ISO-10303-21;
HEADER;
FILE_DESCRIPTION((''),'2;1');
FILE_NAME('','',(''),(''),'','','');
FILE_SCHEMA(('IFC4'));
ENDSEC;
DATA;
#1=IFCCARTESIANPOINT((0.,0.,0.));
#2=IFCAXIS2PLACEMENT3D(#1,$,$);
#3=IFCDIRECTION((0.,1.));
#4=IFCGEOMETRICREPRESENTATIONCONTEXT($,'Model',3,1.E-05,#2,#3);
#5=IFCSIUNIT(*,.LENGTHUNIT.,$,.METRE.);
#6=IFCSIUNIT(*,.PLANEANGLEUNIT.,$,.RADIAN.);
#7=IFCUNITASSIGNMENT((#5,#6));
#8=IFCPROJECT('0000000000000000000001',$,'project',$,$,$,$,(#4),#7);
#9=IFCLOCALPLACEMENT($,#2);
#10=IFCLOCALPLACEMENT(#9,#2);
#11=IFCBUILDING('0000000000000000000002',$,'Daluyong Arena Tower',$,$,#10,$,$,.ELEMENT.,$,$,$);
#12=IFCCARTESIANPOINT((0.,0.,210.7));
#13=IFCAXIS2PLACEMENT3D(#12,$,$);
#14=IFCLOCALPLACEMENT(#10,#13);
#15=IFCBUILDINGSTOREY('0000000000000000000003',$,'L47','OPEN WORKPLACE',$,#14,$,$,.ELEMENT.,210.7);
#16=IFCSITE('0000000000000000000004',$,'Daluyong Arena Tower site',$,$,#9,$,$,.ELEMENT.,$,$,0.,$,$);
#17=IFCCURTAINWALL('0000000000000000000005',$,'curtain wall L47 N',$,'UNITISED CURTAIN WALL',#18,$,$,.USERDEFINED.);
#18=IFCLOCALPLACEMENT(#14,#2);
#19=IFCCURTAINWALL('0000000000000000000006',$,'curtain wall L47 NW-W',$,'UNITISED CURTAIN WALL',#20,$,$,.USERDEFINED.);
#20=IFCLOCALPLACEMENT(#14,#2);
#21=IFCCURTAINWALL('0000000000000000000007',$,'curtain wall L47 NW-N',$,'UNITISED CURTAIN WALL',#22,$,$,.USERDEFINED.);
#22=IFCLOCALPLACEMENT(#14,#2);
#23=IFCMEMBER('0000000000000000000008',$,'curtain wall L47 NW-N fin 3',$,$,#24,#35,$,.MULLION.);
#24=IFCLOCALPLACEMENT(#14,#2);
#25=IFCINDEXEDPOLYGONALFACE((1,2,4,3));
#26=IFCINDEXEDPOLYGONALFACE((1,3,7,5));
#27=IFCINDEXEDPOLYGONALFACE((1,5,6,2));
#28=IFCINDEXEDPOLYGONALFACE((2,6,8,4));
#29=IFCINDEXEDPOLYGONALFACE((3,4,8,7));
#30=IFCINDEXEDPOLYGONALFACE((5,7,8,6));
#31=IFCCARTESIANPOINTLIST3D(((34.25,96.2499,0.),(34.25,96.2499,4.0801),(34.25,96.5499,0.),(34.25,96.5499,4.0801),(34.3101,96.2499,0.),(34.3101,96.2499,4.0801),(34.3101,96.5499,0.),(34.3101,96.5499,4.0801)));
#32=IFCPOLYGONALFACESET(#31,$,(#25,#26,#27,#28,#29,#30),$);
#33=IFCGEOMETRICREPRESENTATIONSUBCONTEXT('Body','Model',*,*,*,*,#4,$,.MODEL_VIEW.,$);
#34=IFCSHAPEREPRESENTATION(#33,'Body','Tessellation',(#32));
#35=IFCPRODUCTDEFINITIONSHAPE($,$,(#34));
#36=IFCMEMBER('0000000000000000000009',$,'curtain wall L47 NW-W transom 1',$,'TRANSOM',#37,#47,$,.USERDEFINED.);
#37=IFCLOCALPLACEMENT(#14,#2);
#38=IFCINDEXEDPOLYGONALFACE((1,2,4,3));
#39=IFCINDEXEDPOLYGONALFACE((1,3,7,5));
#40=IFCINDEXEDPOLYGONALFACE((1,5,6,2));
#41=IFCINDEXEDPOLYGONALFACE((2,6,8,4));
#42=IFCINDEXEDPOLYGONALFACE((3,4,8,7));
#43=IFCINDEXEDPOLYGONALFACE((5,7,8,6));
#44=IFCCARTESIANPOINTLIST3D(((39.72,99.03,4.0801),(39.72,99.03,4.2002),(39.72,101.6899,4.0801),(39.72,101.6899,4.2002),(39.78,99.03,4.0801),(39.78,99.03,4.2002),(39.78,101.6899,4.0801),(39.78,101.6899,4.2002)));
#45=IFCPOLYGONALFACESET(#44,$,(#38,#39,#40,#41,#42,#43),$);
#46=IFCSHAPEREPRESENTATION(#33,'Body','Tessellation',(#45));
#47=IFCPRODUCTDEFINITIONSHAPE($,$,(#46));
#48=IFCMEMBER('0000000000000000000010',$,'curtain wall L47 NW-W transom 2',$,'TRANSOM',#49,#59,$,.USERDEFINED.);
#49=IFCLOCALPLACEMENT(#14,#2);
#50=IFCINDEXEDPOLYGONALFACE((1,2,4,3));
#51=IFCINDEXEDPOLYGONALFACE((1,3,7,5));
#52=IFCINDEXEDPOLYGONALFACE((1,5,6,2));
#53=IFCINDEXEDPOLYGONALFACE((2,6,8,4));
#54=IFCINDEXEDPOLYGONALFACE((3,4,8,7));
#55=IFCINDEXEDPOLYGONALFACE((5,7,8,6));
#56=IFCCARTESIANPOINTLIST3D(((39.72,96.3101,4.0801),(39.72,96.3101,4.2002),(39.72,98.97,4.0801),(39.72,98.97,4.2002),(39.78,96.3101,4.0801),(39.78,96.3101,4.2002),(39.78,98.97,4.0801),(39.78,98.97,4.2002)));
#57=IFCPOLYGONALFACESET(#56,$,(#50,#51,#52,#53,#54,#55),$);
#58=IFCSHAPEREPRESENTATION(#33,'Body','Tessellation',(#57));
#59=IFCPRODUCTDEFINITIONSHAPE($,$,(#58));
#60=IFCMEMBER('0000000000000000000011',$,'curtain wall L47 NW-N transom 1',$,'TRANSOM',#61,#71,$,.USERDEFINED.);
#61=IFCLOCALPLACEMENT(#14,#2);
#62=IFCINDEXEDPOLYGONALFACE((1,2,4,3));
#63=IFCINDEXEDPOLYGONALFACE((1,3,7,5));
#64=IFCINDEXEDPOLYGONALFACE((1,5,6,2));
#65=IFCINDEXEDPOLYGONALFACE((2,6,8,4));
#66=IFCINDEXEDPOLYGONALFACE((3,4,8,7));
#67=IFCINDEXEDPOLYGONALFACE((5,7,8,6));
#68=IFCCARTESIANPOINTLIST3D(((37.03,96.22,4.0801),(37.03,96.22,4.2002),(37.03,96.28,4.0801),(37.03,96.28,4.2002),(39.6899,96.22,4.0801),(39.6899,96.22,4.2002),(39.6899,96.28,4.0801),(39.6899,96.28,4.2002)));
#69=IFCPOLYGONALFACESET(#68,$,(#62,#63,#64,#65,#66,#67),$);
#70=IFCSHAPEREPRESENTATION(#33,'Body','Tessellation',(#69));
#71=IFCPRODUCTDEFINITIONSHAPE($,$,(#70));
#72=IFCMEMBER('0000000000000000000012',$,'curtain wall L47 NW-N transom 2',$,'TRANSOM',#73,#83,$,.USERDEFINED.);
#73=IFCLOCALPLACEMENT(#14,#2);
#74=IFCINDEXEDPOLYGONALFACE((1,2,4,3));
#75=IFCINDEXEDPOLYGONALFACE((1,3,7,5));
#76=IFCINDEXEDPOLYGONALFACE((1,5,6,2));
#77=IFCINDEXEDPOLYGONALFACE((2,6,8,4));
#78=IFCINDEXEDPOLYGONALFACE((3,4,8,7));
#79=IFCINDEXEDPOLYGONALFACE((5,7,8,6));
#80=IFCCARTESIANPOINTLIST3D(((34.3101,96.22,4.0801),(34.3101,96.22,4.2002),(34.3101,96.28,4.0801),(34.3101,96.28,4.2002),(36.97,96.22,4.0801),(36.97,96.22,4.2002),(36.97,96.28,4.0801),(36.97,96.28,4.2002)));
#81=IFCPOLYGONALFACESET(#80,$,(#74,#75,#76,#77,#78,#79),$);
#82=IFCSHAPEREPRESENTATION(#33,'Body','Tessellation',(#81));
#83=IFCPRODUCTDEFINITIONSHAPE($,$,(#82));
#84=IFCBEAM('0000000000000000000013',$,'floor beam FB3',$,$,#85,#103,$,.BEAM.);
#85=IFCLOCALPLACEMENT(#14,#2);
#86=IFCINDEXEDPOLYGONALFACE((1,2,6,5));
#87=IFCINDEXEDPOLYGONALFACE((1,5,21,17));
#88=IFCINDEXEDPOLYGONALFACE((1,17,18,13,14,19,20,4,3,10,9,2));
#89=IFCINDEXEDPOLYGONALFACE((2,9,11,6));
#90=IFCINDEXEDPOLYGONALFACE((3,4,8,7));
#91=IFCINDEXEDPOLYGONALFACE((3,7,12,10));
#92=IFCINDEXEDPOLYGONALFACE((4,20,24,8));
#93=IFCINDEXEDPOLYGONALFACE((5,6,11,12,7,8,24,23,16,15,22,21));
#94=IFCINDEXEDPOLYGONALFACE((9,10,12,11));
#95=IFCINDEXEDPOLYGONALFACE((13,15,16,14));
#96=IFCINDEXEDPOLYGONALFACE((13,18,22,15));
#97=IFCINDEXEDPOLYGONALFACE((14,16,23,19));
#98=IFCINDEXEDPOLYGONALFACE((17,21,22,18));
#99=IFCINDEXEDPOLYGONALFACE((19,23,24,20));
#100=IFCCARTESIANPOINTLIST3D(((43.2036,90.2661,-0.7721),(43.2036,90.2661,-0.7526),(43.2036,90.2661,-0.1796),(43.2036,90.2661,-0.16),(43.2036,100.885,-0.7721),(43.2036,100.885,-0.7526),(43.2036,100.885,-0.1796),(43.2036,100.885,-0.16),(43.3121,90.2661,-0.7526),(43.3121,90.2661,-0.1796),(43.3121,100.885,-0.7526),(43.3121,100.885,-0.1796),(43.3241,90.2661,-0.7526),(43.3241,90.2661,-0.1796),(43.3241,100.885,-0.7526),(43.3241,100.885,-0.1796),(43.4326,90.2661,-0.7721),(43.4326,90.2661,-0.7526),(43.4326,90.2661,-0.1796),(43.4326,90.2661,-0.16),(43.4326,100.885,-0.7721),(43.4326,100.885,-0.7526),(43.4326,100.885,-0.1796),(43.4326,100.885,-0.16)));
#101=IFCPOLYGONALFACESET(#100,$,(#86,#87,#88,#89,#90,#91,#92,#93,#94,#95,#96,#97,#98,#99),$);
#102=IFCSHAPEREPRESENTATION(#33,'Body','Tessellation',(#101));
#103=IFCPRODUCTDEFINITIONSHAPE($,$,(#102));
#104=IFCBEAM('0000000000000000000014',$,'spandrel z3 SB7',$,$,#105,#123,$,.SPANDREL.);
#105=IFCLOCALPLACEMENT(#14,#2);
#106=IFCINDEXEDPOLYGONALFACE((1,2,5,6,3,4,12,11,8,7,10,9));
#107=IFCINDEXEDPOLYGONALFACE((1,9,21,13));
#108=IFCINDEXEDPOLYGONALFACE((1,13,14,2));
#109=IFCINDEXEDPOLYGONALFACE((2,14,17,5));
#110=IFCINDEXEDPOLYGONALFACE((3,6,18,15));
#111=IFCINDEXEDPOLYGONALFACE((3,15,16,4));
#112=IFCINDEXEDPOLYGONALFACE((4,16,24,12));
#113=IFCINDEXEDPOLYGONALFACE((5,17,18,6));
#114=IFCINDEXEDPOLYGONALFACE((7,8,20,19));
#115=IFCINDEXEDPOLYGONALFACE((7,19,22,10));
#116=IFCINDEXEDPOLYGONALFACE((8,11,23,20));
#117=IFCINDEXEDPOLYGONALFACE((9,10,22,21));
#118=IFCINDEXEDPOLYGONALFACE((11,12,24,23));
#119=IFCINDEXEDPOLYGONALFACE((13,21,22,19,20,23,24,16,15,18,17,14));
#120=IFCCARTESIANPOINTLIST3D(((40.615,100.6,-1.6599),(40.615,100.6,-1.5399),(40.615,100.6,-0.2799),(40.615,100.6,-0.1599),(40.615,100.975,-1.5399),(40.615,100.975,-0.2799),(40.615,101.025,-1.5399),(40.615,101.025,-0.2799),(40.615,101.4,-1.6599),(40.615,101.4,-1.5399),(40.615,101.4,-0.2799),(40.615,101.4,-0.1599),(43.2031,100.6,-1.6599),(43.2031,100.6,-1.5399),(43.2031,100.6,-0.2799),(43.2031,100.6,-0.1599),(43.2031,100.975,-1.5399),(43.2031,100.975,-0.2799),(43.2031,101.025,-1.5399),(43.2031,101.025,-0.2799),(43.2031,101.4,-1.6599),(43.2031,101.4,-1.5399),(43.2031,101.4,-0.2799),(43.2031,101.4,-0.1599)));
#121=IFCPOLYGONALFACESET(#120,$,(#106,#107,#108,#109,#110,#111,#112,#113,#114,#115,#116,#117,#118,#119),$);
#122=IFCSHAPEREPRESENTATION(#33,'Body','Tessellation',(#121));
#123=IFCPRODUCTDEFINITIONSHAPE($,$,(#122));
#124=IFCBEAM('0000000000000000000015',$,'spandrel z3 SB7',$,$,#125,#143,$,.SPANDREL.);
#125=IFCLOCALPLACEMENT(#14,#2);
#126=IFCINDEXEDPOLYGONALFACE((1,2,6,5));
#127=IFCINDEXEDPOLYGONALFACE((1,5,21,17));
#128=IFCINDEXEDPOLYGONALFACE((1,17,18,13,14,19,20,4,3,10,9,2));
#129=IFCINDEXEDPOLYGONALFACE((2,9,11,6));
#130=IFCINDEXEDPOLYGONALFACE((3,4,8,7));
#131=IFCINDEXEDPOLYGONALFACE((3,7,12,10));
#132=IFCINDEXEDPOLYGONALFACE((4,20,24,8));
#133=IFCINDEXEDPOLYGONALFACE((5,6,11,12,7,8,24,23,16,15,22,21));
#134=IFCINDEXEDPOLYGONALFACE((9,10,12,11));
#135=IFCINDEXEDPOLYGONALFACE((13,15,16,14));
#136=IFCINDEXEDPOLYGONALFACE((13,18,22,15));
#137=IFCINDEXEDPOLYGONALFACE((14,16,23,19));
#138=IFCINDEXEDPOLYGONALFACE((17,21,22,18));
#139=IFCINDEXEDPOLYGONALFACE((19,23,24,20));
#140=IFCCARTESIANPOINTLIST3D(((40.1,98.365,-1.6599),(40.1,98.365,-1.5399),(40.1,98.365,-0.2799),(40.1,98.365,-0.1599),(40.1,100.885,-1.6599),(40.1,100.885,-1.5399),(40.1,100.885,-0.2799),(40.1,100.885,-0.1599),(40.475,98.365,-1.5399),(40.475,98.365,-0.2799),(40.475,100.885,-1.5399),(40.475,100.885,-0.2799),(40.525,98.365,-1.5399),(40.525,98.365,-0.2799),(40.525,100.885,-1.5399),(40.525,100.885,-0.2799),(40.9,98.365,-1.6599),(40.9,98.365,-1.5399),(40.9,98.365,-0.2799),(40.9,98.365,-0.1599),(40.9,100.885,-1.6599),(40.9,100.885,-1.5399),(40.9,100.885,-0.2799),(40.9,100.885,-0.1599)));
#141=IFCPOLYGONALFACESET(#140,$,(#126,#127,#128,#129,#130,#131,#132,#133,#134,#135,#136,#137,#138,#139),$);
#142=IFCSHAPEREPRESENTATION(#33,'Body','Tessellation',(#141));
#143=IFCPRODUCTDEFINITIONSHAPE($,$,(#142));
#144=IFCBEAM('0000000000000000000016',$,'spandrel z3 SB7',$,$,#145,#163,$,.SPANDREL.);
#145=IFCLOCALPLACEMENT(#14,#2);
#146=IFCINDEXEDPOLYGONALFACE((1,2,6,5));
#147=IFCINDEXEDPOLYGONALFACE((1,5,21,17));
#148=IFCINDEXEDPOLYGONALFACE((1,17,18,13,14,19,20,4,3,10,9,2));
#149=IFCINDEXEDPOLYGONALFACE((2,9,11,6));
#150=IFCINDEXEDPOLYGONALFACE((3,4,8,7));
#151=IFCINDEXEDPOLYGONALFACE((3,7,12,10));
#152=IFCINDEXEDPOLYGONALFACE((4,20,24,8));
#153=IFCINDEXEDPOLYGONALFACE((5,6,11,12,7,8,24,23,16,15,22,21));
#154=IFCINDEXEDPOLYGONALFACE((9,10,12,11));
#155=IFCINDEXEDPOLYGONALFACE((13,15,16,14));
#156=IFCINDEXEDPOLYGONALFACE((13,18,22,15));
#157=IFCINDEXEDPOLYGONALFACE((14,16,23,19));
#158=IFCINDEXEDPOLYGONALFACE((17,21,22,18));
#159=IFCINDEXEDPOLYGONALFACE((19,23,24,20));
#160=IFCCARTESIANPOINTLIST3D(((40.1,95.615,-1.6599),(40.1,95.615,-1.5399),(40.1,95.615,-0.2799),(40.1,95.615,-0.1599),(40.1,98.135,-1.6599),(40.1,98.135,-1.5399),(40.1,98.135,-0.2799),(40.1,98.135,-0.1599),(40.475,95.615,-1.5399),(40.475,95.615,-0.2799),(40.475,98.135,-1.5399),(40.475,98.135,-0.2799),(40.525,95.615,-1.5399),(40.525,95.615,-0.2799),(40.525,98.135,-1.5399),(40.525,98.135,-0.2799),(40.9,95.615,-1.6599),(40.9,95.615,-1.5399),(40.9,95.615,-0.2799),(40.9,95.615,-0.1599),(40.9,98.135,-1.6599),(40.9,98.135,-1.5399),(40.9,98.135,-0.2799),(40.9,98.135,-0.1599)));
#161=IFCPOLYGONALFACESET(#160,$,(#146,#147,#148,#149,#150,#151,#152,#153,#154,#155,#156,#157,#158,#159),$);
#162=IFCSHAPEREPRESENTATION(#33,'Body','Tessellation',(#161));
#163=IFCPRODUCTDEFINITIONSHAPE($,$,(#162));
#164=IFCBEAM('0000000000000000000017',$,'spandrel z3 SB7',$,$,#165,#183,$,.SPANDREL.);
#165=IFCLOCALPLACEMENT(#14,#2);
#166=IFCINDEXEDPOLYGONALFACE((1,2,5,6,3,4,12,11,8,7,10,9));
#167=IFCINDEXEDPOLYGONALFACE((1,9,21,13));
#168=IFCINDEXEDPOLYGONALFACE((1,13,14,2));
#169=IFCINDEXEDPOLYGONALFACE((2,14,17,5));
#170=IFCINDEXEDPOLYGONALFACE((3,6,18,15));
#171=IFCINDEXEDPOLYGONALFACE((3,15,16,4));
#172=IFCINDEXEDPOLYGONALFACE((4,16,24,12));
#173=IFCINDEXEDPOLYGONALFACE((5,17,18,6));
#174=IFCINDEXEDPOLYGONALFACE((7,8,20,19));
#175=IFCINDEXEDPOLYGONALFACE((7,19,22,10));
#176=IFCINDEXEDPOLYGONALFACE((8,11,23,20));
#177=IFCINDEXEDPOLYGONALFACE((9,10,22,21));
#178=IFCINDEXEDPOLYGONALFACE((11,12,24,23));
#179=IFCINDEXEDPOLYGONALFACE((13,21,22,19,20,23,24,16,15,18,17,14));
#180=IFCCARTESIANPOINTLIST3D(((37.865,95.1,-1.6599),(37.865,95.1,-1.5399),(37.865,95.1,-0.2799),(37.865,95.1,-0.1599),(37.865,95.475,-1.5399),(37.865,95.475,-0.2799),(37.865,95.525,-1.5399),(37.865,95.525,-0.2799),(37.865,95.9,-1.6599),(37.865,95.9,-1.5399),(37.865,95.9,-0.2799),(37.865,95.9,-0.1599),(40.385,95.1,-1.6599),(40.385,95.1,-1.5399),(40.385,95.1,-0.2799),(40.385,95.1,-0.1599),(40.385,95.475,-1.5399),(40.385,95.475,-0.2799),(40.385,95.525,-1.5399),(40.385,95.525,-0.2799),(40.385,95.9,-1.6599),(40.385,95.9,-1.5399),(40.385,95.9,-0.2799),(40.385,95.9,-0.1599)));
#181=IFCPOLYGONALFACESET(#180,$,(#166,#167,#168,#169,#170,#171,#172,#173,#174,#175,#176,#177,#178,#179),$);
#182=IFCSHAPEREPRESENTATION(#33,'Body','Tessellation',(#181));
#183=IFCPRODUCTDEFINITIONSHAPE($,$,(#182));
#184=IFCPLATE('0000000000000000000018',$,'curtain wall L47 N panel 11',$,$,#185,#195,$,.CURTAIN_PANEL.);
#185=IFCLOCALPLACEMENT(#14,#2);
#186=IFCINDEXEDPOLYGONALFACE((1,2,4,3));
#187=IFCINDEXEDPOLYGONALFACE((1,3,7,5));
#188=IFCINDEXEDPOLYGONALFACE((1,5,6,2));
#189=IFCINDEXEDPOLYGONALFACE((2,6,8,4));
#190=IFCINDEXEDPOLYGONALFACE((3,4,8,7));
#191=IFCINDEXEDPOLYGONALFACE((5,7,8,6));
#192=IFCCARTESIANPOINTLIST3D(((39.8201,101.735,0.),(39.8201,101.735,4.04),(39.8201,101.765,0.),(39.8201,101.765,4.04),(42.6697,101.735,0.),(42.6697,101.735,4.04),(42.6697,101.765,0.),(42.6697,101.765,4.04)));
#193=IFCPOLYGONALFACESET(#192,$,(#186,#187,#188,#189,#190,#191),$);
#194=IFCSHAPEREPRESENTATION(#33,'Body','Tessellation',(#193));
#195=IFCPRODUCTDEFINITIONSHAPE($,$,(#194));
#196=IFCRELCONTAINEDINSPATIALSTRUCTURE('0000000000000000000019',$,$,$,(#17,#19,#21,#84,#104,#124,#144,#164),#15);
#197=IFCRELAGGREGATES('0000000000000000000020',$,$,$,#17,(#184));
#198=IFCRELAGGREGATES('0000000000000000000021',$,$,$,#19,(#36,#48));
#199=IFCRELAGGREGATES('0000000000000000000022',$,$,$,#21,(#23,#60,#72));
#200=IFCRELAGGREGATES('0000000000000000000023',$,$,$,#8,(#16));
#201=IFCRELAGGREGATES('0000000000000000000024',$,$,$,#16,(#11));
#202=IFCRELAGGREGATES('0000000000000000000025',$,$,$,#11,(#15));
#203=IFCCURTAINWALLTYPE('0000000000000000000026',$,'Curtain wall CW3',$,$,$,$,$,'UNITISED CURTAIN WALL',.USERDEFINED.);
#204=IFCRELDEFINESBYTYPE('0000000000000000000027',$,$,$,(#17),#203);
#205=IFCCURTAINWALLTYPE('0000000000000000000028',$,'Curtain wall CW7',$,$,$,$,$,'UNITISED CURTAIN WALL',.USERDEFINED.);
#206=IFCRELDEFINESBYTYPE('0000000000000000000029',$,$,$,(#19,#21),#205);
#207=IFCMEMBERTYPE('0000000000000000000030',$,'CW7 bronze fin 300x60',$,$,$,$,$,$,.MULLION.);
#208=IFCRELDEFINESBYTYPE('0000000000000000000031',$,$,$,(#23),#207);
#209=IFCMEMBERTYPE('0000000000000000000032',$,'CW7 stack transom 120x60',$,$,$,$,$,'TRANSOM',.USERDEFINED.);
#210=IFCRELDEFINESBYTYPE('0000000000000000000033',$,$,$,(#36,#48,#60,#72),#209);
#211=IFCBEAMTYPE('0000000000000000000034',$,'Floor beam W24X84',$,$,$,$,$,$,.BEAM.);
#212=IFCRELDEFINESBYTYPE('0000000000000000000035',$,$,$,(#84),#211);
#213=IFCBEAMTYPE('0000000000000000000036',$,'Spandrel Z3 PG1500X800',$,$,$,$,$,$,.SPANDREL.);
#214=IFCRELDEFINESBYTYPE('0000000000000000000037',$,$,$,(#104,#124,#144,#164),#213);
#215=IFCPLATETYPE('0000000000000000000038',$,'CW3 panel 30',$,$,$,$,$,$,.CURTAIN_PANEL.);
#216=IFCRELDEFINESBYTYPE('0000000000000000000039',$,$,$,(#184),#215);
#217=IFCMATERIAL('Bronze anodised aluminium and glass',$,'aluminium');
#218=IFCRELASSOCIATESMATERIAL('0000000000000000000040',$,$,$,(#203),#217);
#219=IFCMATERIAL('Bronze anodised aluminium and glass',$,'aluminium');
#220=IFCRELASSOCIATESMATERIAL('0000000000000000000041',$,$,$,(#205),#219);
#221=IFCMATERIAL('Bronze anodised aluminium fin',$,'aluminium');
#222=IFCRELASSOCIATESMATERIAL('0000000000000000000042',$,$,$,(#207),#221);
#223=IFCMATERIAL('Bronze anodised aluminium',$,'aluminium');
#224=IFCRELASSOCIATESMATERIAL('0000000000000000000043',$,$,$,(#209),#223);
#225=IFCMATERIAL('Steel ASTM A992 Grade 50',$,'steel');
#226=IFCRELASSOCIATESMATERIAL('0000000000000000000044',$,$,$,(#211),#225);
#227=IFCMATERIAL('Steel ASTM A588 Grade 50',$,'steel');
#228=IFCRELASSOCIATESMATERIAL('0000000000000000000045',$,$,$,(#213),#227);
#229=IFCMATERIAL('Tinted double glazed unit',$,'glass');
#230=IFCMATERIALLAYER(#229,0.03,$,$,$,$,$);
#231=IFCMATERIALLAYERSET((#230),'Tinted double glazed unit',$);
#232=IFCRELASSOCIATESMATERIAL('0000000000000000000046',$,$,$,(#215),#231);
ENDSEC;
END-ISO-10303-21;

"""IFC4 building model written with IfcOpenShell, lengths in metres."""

from ifc_helpers import new_model, si_unit, direction, frame, origin, origin_2d, place, context, subcontext, project, spatial, rectangle, i_section, extrude, material, layer, layer_set, material_profile, profile_set, type_object, element, aggregate, save


model = new_model("IFC4")

# Units and contexts
model_context = context("Model", 3, precision=1e-05, world=origin(), true_north=direction((0.0, 1.0)))
body_context = subcontext(model_context, "Body", "Model", "MODEL_VIEW")
ifc_project = project(units=[si_unit("LENGTHUNIT", "METRE"), si_unit("PLANEANGLEUNIT", "RADIAN")], contexts=[model_context])

# Site, building, storey
site_placement = place(None, origin())
site = spatial("IfcSite", under=ifc_project, at=site_placement, Name="Daluyong Arena Tower site", CompositionType="ELEMENT", RefElevation=0.0)
building_placement = place(site_placement, origin())
building = spatial("IfcBuilding", under=site, at=building_placement, Name="Daluyong Arena Tower", CompositionType="ELEMENT")
storey_placement = place(building_placement, frame((0.0, 0.0, 210.7)))
storey = spatial("IfcBuildingStorey", under=building, at=storey_placement, Name="L47", Description="OPEN WORKPLACE", CompositionType="ELEMENT", Elevation=210.7)

# Curtain wall
ifc_material_1 = material(Name="Bronze anodised aluminium and glass", Category="aluminium")
curtain_wall_type_1 = type_object("IfcCurtainWallType", Name="Curtain wall CW3", ElementType="UNITISED CURTAIN WALL", PredefinedType="USERDEFINED", material=ifc_material_1)
curtain_wall_1_placement = place(storey_placement, origin())
curtain_wall_1 = element("IfcCurtainWall", 1, at=curtain_wall_1_placement, inside=storey, type_object=curtain_wall_type_1, Name="curtain wall L47 N", ObjectType="UNITISED CURTAIN WALL", PredefinedType="USERDEFINED")

# Curtain walls, member
ifc_material_2 = material(Name="Bronze anodised aluminium and glass", Category="aluminium")
curtain_wall_type_2 = type_object("IfcCurtainWallType", Name="Curtain wall CW7", ElementType="UNITISED CURTAIN WALL", PredefinedType="USERDEFINED", material=ifc_material_2)
curtain_wall_2_placement = place(storey_placement, origin())
curtain_wall_2 = element("IfcCurtainWall", 2, at=curtain_wall_2_placement, inside=storey, type_object=curtain_wall_type_2, Name="curtain wall L47 NW-W", ObjectType="UNITISED CURTAIN WALL", PredefinedType="USERDEFINED")
ifc_material_3 = material(Name="Bronze anodised aluminium fin", Category="aluminium")
ifc_material_profile_1 = material_profile(ifc_material_3, rectangle(XDim=0.3, YDim=0.0601, at=origin_2d()))
ifc_profile_set_1 = profile_set([ifc_material_profile_1], Name="Bronze anodised aluminium fin")
member_type_1 = type_object("IfcMemberType", Name="CW7 bronze fin 300x60", PredefinedType="MULLION", material=ifc_profile_set_1)
curtain_wall_3_placement = place(storey_placement, origin())
curtain_wall_3 = element("IfcCurtainWall", 3, at=curtain_wall_3_placement, inside=storey, type_object=curtain_wall_type_2, Name="curtain wall L47 NW-N", ObjectType="UNITISED CURTAIN WALL", PredefinedType="USERDEFINED")
member_1_placement = place(storey_placement, frame((34.28, 96.3999, 0.0), z_axis=(0.0, 0.0, 1.0), x_axis=(0.0, -1.0, 0.0)))
member_1 = element("IfcMember", 4, at=member_1_placement, type_object=member_type_1, Name="curtain wall L47 NW-N fin 3", PredefinedType="MULLION", context=body_context, shape_type="SweptSolid", body=[
    extrude(rectangle(XDim=0.3, YDim=0.0601, at=origin_2d()), origin(), (0.0, 0.0, 1.0), 4.0801),
])

# Members
ifc_material_4 = material(Name="Bronze anodised aluminium", Category="aluminium")
ifc_material_profile_2 = material_profile(ifc_material_4, rectangle(XDim=0.0601, YDim=0.1201, at=origin_2d()))
ifc_profile_set_2 = profile_set([ifc_material_profile_2], Name="Bronze anodised aluminium")
member_type_2 = type_object("IfcMemberType", Name="CW7 stack transom 120x60", ElementType="TRANSOM", PredefinedType="USERDEFINED", material=ifc_profile_set_2)
member_2_placement = place(storey_placement, frame((39.75, 101.6899, 4.1401), z_axis=(0.0, -1.0, 0.0), x_axis=(1.0, 0.0, 0.0)))
member_2 = element("IfcMember", 5, at=member_2_placement, type_object=member_type_2, Name="curtain wall L47 NW-W transom 1", ObjectType="TRANSOM", PredefinedType="USERDEFINED", context=body_context, shape_type="SweptSolid", body=[
    extrude(rectangle(XDim=0.0601, YDim=0.1201, at=origin_2d()), origin(), (0.0, 0.0, 1.0), 2.6599),
])
member_3_placement = place(storey_placement, frame((39.75, 98.97, 4.1401), z_axis=(0.0, -1.0, 0.0), x_axis=(1.0, 0.0, 0.0)))
member_3 = element("IfcMember", 6, at=member_3_placement, type_object=member_type_2, Name="curtain wall L47 NW-W transom 2", ObjectType="TRANSOM", PredefinedType="USERDEFINED", context=body_context, shape_type="SweptSolid", body=[
    extrude(rectangle(XDim=0.0601, YDim=0.1201, at=origin_2d()), origin(), (0.0, 0.0, 1.0), 2.6599),
])
member_4_placement = place(storey_placement, frame((39.6899, 96.25, 4.1401), z_axis=(-1.0, 0.0, 0.0), x_axis=(0.0, -1.0, 0.0)))
member_4 = element("IfcMember", 7, at=member_4_placement, type_object=member_type_2, Name="curtain wall L47 NW-N transom 1", ObjectType="TRANSOM", PredefinedType="USERDEFINED", context=body_context, shape_type="SweptSolid", body=[
    extrude(rectangle(XDim=0.0601, YDim=0.1201, at=origin_2d()), origin(), (0.0, 0.0, 1.0), 2.6599),
])
member_5_placement = place(storey_placement, frame((36.97, 96.25, 4.1401), z_axis=(-1.0, 0.0, 0.0), x_axis=(0.0, -1.0, 0.0)))
member_5 = element("IfcMember", 8, at=member_5_placement, type_object=member_type_2, Name="curtain wall L47 NW-N transom 2", ObjectType="TRANSOM", PredefinedType="USERDEFINED", context=body_context, shape_type="SweptSolid", body=[
    extrude(rectangle(XDim=0.0601, YDim=0.1201, at=origin_2d()), origin(), (0.0, 0.0, 1.0), 2.6599),
])

# Beams
ifc_material_5 = material(Name="Steel ASTM A992 Grade 50", Category="steel")
ifc_material_profile_3 = material_profile(ifc_material_5, i_section(OverallWidth=0.229, OverallDepth=0.6121, WebThickness=0.012, FlangeThickness=0.0195, at=origin_2d()))
ifc_profile_set_3 = profile_set([ifc_material_profile_3], Name="Steel ASTM A992 Grade 50")
beam_type_1 = type_object("IfcBeamType", Name="Floor beam W24X84", PredefinedType="BEAM", material=ifc_profile_set_3)
beam_1_placement = place(storey_placement, frame((43.3181, 100.885, -0.4661), z_axis=(0.0, -1.0, 0.0), x_axis=(1.0, 0.0, 0.0)))
element("IfcBeam", 9, at=beam_1_placement, inside=storey, type_object=beam_type_1, Name="floor beam FB3", PredefinedType="BEAM", context=body_context, shape_type="SweptSolid", body=[
    extrude(i_section(OverallWidth=0.229, OverallDepth=0.6121, WebThickness=0.012, FlangeThickness=0.0195, at=origin_2d()), origin(), (0.0, 0.0, 1.0), 10.6189),
])
ifc_material_6 = material(Name="Steel ASTM A588 Grade 50", Category="steel")
ifc_material_profile_4 = material_profile(ifc_material_6, i_section(OverallWidth=0.8, OverallDepth=1.5, WebThickness=0.05, FlangeThickness=0.12, at=origin_2d()))
ifc_profile_set_4 = profile_set([ifc_material_profile_4], Name="Steel ASTM A588 Grade 50")
beam_type_2 = type_object("IfcBeamType", Name="Spandrel Z3 PG1500X800", PredefinedType="SPANDREL", material=ifc_profile_set_4)
beam_2_placement = place(storey_placement, frame((43.2031, 101.0, -0.9099), z_axis=(-1.0, 0.0, 0.0), x_axis=(0.0, -1.0, 0.0)))
element("IfcBeam", 10, at=beam_2_placement, inside=storey, type_object=beam_type_2, Name="spandrel z3 SB7", PredefinedType="SPANDREL", context=body_context, shape_type="SweptSolid", body=[
    extrude(i_section(OverallWidth=0.8, OverallDepth=1.5, WebThickness=0.05, FlangeThickness=0.12, at=origin_2d()), origin(), (0.0, 0.0, 1.0), 2.5881),
])
for number, where, z_axis, x_axis, name in (
    (11, (40.5, 100.885, -0.9099), (0.0, -1.0, 0.0), (1.0, 0.0, 0.0), "spandrel z3 SB7"),
    (12, (40.5, 98.135, -0.9099), (0.0, -1.0, 0.0), (1.0, 0.0, 0.0), "spandrel z3 SB7"),
    (13, (40.385, 95.5, -0.9099), (-1.0, 0.0, 0.0), (0.0, -1.0, 0.0), "spandrel z3 SB7"),
):
    element("IfcBeam", number, at=place(storey_placement, frame(where, z_axis=z_axis, x_axis=x_axis)), inside=storey, type_object=beam_type_2, Name=name, PredefinedType="SPANDREL", context=body_context, shape_type="SweptSolid", body=[
        extrude(i_section(OverallWidth=0.8, OverallDepth=1.5, WebThickness=0.05, FlangeThickness=0.12, at=origin_2d()), origin(), (0.0, 0.0, 1.0), 2.52),
    ])

# Plate
ifc_material_7 = material(Name="Tinted double glazed unit", Category="glass")
ifc_layer_1 = layer(ifc_material_7, 0.03)
ifc_layer_set_1 = layer_set([ifc_layer_1], Name="Tinted double glazed unit")
plate_type_1 = type_object("IfcPlateType", Name="CW3 panel 30", PredefinedType="CURTAIN_PANEL", material=ifc_layer_set_1)
plate_1_placement = place(storey_placement, frame((41.2449, 101.75, 0.0), z_axis=(0.0, 0.0, 1.0), x_axis=(-1.0, 0.0, 0.0)))
plate_1 = element("IfcPlate", 14, at=plate_1_placement, type_object=plate_type_1, Name="curtain wall L47 N panel 11", PredefinedType="CURTAIN_PANEL", context=body_context, shape_type="SweptSolid", body=[
    extrude(rectangle(XDim=2.8496, YDim=0.03, at=origin_2d()), origin(), (0.0, 0.0, 1.0), 4.04),
])
aggregate(curtain_wall_1, [plate_1])
aggregate(curtain_wall_2, [member_2, member_3])
aggregate(curtain_wall_3, [member_1, member_4, member_5])

save(model, "model.ifc")
